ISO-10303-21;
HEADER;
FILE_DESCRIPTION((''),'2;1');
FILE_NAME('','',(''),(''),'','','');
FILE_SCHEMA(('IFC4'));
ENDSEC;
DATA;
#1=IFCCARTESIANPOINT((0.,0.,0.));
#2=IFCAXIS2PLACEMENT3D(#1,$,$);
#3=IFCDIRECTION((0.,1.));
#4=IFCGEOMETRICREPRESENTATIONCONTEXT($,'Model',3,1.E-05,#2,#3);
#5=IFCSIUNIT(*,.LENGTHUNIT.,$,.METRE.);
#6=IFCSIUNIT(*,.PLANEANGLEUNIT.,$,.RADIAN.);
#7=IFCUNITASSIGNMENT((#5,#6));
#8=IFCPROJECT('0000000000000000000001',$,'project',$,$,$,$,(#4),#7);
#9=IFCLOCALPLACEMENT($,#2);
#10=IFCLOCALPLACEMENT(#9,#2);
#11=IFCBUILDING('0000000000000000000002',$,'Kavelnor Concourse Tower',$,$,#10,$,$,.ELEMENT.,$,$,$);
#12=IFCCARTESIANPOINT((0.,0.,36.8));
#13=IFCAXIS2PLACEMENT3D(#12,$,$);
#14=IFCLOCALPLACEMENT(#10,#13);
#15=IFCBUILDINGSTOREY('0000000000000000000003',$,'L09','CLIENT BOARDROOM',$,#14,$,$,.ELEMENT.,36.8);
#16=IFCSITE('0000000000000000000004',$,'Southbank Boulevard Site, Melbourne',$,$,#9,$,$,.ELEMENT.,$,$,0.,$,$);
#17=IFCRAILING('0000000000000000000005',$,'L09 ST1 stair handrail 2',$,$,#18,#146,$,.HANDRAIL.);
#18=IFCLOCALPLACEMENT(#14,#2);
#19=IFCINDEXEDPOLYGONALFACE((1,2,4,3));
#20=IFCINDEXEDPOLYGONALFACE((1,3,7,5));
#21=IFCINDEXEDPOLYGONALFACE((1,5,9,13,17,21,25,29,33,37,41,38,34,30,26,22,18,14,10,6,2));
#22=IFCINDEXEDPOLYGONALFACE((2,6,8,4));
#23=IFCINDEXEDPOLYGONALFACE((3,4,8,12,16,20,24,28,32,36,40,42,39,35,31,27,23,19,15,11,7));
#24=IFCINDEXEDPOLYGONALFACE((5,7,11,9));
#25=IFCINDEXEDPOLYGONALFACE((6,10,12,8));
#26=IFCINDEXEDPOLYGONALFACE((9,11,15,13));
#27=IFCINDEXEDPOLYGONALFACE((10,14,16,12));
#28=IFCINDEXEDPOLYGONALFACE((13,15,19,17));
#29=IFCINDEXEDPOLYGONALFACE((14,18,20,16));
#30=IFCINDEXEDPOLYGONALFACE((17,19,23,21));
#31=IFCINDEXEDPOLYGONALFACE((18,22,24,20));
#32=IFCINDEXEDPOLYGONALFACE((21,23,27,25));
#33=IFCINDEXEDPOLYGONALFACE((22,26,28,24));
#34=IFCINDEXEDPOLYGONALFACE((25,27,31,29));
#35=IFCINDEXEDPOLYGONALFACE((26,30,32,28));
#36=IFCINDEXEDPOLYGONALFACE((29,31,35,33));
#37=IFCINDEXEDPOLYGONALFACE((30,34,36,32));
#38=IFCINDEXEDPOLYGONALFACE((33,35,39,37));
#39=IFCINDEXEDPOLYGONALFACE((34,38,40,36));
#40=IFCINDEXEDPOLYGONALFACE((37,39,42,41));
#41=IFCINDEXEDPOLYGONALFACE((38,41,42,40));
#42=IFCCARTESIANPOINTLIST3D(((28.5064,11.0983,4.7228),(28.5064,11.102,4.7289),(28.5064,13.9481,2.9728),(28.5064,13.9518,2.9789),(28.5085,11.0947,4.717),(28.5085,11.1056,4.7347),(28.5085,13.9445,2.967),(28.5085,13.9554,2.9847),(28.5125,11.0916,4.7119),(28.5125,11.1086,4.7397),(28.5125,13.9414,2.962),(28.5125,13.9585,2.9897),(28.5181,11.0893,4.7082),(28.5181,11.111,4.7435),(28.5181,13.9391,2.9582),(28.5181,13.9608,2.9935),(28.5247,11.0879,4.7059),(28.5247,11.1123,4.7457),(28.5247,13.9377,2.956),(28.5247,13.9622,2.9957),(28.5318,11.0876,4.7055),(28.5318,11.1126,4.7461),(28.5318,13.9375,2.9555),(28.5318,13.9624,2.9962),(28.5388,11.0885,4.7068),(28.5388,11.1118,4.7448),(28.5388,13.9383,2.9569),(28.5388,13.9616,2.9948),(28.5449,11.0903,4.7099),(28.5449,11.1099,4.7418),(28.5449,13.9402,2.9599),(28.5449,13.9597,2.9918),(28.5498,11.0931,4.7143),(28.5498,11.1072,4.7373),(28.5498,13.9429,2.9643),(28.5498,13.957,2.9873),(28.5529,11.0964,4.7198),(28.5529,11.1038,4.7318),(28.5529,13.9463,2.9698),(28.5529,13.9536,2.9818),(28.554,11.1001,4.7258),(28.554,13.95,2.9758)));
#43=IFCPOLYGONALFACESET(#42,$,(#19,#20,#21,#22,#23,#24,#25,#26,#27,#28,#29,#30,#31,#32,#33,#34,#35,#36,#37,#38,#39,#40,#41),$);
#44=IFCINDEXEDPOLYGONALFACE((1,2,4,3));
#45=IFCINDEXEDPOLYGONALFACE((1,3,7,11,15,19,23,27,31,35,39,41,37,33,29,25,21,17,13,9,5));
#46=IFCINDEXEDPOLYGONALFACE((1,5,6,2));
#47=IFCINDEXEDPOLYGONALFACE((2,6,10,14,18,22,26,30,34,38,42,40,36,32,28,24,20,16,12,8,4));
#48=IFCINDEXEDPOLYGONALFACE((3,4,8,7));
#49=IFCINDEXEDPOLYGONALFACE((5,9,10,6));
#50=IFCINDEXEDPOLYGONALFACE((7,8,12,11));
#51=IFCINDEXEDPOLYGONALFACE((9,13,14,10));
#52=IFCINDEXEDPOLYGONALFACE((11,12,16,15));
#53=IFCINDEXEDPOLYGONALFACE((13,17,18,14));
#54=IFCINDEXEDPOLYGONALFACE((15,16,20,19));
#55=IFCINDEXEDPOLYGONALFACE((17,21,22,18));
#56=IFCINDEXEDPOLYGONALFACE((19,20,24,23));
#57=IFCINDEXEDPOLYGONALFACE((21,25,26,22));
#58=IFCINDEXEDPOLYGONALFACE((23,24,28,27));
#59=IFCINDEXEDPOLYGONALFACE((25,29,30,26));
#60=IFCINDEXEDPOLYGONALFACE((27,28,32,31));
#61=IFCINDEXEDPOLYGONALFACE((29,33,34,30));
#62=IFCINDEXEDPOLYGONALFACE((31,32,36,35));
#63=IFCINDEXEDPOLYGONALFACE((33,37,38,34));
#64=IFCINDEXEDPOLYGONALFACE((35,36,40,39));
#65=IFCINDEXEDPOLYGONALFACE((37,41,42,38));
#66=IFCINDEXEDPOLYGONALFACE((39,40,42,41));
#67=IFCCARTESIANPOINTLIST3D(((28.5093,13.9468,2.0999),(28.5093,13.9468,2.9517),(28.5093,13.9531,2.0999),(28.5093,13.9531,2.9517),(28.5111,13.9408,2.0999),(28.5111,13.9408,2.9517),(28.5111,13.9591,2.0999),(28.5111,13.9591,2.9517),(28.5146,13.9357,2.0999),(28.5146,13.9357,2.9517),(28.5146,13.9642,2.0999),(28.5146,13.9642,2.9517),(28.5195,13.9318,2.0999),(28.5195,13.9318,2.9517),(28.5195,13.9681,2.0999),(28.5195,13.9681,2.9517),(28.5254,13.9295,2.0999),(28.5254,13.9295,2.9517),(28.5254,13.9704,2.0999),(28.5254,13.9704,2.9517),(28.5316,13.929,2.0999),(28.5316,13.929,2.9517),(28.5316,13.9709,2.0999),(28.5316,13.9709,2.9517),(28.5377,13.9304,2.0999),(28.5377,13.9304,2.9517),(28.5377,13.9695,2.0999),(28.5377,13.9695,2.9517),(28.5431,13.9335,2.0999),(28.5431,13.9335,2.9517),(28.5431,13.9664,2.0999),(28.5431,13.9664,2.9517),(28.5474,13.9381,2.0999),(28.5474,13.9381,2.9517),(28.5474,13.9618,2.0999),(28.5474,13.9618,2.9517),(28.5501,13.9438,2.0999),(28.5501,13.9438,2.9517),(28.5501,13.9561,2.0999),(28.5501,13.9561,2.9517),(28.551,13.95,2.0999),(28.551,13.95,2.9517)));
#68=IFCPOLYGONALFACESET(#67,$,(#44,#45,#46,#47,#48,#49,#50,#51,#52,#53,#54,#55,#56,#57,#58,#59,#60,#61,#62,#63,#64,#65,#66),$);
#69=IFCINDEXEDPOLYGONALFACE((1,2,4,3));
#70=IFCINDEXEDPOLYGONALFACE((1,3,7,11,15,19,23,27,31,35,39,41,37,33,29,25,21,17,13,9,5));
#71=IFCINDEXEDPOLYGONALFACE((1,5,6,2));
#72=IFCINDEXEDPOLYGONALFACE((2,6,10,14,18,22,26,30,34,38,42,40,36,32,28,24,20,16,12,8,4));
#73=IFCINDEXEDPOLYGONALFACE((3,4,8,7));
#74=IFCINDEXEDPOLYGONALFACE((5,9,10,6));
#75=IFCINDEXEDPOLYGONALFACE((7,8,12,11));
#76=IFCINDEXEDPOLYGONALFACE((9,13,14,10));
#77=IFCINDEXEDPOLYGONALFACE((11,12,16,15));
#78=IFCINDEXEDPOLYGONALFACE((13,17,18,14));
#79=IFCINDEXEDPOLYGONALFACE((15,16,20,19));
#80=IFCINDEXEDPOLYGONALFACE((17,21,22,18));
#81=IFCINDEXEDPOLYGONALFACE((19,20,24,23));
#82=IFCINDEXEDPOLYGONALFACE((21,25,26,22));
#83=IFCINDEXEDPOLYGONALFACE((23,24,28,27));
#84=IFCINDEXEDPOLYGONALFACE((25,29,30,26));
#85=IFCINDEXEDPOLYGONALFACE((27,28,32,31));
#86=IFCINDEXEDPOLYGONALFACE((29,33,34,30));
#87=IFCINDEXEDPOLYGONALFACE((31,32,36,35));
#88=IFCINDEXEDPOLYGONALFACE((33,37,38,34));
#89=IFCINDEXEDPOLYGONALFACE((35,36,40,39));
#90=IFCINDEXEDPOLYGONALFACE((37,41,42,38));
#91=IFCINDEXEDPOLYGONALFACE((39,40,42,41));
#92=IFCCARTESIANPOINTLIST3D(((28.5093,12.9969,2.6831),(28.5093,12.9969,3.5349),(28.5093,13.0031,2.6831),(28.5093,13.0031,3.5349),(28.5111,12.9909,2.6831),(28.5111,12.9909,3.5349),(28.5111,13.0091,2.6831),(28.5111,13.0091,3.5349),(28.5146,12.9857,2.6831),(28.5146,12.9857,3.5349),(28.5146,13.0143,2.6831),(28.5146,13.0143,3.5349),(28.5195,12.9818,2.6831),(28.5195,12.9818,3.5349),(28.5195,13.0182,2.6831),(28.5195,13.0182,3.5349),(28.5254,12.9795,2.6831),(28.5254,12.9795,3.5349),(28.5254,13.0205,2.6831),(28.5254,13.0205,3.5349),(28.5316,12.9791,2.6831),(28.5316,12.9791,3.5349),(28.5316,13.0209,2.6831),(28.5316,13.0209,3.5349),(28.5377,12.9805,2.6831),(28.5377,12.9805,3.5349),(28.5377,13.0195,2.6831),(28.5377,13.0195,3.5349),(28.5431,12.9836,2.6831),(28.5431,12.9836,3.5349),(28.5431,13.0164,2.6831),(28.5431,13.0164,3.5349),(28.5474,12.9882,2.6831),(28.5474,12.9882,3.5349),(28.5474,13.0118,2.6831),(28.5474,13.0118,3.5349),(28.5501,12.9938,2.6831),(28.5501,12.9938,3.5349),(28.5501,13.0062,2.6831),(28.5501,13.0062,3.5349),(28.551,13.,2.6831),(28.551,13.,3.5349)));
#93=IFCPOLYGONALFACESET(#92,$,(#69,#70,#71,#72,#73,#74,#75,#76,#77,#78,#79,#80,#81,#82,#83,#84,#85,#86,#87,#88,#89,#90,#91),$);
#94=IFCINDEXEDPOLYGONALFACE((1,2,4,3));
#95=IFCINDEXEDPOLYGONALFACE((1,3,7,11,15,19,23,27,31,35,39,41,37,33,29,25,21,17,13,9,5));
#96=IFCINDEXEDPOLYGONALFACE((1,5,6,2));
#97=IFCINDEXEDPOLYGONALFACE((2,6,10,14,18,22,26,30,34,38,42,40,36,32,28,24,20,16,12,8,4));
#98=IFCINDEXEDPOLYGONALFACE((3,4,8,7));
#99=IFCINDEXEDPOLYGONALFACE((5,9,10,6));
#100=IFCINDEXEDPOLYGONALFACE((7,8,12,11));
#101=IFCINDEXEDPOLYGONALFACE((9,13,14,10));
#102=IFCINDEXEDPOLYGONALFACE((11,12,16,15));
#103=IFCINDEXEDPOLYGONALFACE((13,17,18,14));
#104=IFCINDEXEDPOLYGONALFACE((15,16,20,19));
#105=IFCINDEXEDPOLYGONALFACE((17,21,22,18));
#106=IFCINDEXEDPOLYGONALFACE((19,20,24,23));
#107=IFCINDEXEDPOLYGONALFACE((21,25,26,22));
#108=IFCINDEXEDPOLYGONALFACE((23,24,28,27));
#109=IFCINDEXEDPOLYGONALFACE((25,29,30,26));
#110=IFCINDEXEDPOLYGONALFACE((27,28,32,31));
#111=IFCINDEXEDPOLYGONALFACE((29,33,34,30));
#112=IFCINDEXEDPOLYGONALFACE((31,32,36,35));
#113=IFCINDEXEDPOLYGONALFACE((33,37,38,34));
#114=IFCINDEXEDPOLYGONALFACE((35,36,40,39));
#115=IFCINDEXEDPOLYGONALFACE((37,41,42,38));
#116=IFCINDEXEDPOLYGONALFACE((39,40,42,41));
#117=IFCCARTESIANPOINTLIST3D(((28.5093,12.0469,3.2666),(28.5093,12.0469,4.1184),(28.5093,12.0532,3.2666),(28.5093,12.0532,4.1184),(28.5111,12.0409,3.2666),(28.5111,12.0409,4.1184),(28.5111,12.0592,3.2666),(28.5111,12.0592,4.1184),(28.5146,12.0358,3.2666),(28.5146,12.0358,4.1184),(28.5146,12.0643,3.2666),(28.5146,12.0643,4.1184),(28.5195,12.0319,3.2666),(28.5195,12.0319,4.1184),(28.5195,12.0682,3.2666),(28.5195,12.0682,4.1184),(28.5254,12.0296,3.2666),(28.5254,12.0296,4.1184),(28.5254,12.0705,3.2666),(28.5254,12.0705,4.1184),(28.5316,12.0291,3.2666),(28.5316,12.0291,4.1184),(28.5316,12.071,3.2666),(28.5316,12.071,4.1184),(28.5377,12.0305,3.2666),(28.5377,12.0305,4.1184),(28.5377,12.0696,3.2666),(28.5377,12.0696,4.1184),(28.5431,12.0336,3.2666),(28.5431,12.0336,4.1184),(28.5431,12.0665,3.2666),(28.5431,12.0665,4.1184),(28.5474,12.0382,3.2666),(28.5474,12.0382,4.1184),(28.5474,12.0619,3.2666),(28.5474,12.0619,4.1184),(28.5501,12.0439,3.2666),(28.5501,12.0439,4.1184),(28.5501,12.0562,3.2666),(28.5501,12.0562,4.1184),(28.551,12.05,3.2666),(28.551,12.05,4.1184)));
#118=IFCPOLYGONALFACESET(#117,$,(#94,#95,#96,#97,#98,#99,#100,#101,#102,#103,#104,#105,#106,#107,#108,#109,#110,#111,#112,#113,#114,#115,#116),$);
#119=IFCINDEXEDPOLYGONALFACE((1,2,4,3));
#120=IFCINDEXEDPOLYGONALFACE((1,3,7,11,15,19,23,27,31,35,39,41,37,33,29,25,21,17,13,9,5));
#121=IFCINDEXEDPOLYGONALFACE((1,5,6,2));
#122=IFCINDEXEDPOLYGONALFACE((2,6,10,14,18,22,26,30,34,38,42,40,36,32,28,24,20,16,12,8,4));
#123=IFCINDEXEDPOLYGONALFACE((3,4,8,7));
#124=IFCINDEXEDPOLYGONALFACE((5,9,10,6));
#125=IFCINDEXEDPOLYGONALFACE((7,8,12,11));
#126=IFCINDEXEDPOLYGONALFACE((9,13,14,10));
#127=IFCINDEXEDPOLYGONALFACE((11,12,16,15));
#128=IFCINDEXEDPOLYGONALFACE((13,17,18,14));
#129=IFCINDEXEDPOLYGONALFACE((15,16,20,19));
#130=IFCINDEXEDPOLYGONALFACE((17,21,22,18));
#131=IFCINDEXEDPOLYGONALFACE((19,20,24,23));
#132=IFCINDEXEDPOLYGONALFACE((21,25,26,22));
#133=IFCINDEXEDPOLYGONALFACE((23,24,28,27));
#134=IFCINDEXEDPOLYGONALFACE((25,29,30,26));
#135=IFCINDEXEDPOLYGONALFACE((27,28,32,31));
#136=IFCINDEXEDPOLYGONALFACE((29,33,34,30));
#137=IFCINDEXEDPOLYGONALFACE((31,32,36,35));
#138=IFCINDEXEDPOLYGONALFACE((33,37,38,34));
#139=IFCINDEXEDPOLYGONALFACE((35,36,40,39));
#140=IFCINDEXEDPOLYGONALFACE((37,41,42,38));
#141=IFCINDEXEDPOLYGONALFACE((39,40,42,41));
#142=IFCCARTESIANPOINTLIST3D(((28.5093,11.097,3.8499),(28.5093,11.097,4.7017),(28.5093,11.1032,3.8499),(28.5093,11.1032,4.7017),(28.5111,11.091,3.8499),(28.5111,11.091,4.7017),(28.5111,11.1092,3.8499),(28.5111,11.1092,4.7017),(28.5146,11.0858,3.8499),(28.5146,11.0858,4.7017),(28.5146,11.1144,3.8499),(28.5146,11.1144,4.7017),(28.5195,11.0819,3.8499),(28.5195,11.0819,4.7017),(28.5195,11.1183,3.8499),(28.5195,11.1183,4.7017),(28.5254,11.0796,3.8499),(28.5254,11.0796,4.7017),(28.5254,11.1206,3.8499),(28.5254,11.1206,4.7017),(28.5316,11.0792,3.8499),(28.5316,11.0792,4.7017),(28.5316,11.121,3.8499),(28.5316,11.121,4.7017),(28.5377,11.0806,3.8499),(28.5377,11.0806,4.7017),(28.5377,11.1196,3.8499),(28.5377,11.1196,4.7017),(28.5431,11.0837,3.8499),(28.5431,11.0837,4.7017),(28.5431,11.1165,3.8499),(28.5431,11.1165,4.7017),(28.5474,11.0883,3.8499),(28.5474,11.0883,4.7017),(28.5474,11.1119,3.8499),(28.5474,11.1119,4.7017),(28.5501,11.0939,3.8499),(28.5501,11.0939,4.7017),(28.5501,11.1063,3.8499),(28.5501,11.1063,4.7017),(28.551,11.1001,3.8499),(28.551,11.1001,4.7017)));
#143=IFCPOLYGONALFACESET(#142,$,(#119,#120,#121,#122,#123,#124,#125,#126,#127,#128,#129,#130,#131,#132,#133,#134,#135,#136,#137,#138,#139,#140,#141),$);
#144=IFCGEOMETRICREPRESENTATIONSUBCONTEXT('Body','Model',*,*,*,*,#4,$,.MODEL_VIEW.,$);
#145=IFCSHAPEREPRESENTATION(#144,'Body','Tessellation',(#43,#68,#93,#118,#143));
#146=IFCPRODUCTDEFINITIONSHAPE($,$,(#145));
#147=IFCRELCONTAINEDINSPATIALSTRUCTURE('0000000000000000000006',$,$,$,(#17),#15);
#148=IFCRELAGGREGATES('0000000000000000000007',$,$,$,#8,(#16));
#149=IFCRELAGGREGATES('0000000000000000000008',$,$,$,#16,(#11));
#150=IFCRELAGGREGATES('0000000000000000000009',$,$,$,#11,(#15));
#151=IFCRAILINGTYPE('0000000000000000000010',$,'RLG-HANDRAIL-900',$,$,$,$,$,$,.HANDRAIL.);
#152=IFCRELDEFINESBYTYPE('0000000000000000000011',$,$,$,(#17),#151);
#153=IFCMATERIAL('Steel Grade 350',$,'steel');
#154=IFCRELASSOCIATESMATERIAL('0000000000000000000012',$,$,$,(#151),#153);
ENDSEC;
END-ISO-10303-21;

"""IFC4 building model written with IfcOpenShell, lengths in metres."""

from ifc_helpers import new_model, si_unit, direction, frame, origin, origin_2d, place, context, subcontext, project, spatial, circle, extrude, material, type_object, element, save


model = new_model("IFC4")

# Units and contexts
model_context = context("Model", 3, precision=1e-05, world=origin(), true_north=direction((0.0, 1.0)))
body_context = subcontext(model_context, "Body", "Model", "MODEL_VIEW")
ifc_project = project(units=[si_unit("LENGTHUNIT", "METRE"), si_unit("PLANEANGLEUNIT", "RADIAN")], contexts=[model_context])

# Site, building, storey
site_placement = place(None, origin())
site = spatial("IfcSite", under=ifc_project, at=site_placement, Name="Southbank Boulevard Site, Melbourne", CompositionType="ELEMENT", RefElevation=0.0)
building_placement = place(site_placement, origin())
building = spatial("IfcBuilding", under=site, at=building_placement, Name="Kavelnor Concourse Tower", CompositionType="ELEMENT")
storey_placement = place(building_placement, frame((0.0, 0.0, 36.8)))
storey = spatial("IfcBuildingStorey", under=building, at=storey_placement, Name="L09", Description="CLIENT BOARDROOM", CompositionType="ELEMENT", Elevation=36.8)

# Shared definitions
ifc_material_1 = material(Name="Steel Grade 350", Category="steel")

# Railing
railing_type_1 = type_object("IfcRailingType", Name="RLG-HANDRAIL-900", PredefinedType="HANDRAIL", material=ifc_material_1)
railing_1_placement = place(storey_placement, frame((28.53, 13.95, 2.0999)))
element("IfcRailing", 1, at=railing_1_placement, inside=storey, type_object=railing_type_1, Name="L09 ST1 stair handrail 2", PredefinedType="HANDRAIL", context=body_context, shape_type="SweptSolid", body=[
    extrude(circle(Radius=0.0239, at=origin_2d()), frame((0.0, 0.0, 0.876), z_axis=(0.0, -0.852159, 0.523283), x_axis=(1.0, 0.0, 0.0)), (0.0, 0.0, 1.0), 3.3442),
    extrude(circle(Radius=0.021, at=origin_2d()), origin(), (0.0, 0.0, 1.0), 0.8518),
    extrude(circle(Radius=0.021, at=origin_2d()), frame((0.0, -0.95, 0.5833)), (0.0, 0.0, 1.0), 0.8518),
    extrude(circle(Radius=0.021, at=origin_2d()), frame((0.0, -1.8999, 1.1667)), (0.0, 0.0, 1.0), 0.8518),
    extrude(circle(Radius=0.021, at=origin_2d()), frame((0.0, -2.8499, 1.75)), (0.0, 0.0, 1.0), 0.8518),
])

save(model, "model.ifc")
